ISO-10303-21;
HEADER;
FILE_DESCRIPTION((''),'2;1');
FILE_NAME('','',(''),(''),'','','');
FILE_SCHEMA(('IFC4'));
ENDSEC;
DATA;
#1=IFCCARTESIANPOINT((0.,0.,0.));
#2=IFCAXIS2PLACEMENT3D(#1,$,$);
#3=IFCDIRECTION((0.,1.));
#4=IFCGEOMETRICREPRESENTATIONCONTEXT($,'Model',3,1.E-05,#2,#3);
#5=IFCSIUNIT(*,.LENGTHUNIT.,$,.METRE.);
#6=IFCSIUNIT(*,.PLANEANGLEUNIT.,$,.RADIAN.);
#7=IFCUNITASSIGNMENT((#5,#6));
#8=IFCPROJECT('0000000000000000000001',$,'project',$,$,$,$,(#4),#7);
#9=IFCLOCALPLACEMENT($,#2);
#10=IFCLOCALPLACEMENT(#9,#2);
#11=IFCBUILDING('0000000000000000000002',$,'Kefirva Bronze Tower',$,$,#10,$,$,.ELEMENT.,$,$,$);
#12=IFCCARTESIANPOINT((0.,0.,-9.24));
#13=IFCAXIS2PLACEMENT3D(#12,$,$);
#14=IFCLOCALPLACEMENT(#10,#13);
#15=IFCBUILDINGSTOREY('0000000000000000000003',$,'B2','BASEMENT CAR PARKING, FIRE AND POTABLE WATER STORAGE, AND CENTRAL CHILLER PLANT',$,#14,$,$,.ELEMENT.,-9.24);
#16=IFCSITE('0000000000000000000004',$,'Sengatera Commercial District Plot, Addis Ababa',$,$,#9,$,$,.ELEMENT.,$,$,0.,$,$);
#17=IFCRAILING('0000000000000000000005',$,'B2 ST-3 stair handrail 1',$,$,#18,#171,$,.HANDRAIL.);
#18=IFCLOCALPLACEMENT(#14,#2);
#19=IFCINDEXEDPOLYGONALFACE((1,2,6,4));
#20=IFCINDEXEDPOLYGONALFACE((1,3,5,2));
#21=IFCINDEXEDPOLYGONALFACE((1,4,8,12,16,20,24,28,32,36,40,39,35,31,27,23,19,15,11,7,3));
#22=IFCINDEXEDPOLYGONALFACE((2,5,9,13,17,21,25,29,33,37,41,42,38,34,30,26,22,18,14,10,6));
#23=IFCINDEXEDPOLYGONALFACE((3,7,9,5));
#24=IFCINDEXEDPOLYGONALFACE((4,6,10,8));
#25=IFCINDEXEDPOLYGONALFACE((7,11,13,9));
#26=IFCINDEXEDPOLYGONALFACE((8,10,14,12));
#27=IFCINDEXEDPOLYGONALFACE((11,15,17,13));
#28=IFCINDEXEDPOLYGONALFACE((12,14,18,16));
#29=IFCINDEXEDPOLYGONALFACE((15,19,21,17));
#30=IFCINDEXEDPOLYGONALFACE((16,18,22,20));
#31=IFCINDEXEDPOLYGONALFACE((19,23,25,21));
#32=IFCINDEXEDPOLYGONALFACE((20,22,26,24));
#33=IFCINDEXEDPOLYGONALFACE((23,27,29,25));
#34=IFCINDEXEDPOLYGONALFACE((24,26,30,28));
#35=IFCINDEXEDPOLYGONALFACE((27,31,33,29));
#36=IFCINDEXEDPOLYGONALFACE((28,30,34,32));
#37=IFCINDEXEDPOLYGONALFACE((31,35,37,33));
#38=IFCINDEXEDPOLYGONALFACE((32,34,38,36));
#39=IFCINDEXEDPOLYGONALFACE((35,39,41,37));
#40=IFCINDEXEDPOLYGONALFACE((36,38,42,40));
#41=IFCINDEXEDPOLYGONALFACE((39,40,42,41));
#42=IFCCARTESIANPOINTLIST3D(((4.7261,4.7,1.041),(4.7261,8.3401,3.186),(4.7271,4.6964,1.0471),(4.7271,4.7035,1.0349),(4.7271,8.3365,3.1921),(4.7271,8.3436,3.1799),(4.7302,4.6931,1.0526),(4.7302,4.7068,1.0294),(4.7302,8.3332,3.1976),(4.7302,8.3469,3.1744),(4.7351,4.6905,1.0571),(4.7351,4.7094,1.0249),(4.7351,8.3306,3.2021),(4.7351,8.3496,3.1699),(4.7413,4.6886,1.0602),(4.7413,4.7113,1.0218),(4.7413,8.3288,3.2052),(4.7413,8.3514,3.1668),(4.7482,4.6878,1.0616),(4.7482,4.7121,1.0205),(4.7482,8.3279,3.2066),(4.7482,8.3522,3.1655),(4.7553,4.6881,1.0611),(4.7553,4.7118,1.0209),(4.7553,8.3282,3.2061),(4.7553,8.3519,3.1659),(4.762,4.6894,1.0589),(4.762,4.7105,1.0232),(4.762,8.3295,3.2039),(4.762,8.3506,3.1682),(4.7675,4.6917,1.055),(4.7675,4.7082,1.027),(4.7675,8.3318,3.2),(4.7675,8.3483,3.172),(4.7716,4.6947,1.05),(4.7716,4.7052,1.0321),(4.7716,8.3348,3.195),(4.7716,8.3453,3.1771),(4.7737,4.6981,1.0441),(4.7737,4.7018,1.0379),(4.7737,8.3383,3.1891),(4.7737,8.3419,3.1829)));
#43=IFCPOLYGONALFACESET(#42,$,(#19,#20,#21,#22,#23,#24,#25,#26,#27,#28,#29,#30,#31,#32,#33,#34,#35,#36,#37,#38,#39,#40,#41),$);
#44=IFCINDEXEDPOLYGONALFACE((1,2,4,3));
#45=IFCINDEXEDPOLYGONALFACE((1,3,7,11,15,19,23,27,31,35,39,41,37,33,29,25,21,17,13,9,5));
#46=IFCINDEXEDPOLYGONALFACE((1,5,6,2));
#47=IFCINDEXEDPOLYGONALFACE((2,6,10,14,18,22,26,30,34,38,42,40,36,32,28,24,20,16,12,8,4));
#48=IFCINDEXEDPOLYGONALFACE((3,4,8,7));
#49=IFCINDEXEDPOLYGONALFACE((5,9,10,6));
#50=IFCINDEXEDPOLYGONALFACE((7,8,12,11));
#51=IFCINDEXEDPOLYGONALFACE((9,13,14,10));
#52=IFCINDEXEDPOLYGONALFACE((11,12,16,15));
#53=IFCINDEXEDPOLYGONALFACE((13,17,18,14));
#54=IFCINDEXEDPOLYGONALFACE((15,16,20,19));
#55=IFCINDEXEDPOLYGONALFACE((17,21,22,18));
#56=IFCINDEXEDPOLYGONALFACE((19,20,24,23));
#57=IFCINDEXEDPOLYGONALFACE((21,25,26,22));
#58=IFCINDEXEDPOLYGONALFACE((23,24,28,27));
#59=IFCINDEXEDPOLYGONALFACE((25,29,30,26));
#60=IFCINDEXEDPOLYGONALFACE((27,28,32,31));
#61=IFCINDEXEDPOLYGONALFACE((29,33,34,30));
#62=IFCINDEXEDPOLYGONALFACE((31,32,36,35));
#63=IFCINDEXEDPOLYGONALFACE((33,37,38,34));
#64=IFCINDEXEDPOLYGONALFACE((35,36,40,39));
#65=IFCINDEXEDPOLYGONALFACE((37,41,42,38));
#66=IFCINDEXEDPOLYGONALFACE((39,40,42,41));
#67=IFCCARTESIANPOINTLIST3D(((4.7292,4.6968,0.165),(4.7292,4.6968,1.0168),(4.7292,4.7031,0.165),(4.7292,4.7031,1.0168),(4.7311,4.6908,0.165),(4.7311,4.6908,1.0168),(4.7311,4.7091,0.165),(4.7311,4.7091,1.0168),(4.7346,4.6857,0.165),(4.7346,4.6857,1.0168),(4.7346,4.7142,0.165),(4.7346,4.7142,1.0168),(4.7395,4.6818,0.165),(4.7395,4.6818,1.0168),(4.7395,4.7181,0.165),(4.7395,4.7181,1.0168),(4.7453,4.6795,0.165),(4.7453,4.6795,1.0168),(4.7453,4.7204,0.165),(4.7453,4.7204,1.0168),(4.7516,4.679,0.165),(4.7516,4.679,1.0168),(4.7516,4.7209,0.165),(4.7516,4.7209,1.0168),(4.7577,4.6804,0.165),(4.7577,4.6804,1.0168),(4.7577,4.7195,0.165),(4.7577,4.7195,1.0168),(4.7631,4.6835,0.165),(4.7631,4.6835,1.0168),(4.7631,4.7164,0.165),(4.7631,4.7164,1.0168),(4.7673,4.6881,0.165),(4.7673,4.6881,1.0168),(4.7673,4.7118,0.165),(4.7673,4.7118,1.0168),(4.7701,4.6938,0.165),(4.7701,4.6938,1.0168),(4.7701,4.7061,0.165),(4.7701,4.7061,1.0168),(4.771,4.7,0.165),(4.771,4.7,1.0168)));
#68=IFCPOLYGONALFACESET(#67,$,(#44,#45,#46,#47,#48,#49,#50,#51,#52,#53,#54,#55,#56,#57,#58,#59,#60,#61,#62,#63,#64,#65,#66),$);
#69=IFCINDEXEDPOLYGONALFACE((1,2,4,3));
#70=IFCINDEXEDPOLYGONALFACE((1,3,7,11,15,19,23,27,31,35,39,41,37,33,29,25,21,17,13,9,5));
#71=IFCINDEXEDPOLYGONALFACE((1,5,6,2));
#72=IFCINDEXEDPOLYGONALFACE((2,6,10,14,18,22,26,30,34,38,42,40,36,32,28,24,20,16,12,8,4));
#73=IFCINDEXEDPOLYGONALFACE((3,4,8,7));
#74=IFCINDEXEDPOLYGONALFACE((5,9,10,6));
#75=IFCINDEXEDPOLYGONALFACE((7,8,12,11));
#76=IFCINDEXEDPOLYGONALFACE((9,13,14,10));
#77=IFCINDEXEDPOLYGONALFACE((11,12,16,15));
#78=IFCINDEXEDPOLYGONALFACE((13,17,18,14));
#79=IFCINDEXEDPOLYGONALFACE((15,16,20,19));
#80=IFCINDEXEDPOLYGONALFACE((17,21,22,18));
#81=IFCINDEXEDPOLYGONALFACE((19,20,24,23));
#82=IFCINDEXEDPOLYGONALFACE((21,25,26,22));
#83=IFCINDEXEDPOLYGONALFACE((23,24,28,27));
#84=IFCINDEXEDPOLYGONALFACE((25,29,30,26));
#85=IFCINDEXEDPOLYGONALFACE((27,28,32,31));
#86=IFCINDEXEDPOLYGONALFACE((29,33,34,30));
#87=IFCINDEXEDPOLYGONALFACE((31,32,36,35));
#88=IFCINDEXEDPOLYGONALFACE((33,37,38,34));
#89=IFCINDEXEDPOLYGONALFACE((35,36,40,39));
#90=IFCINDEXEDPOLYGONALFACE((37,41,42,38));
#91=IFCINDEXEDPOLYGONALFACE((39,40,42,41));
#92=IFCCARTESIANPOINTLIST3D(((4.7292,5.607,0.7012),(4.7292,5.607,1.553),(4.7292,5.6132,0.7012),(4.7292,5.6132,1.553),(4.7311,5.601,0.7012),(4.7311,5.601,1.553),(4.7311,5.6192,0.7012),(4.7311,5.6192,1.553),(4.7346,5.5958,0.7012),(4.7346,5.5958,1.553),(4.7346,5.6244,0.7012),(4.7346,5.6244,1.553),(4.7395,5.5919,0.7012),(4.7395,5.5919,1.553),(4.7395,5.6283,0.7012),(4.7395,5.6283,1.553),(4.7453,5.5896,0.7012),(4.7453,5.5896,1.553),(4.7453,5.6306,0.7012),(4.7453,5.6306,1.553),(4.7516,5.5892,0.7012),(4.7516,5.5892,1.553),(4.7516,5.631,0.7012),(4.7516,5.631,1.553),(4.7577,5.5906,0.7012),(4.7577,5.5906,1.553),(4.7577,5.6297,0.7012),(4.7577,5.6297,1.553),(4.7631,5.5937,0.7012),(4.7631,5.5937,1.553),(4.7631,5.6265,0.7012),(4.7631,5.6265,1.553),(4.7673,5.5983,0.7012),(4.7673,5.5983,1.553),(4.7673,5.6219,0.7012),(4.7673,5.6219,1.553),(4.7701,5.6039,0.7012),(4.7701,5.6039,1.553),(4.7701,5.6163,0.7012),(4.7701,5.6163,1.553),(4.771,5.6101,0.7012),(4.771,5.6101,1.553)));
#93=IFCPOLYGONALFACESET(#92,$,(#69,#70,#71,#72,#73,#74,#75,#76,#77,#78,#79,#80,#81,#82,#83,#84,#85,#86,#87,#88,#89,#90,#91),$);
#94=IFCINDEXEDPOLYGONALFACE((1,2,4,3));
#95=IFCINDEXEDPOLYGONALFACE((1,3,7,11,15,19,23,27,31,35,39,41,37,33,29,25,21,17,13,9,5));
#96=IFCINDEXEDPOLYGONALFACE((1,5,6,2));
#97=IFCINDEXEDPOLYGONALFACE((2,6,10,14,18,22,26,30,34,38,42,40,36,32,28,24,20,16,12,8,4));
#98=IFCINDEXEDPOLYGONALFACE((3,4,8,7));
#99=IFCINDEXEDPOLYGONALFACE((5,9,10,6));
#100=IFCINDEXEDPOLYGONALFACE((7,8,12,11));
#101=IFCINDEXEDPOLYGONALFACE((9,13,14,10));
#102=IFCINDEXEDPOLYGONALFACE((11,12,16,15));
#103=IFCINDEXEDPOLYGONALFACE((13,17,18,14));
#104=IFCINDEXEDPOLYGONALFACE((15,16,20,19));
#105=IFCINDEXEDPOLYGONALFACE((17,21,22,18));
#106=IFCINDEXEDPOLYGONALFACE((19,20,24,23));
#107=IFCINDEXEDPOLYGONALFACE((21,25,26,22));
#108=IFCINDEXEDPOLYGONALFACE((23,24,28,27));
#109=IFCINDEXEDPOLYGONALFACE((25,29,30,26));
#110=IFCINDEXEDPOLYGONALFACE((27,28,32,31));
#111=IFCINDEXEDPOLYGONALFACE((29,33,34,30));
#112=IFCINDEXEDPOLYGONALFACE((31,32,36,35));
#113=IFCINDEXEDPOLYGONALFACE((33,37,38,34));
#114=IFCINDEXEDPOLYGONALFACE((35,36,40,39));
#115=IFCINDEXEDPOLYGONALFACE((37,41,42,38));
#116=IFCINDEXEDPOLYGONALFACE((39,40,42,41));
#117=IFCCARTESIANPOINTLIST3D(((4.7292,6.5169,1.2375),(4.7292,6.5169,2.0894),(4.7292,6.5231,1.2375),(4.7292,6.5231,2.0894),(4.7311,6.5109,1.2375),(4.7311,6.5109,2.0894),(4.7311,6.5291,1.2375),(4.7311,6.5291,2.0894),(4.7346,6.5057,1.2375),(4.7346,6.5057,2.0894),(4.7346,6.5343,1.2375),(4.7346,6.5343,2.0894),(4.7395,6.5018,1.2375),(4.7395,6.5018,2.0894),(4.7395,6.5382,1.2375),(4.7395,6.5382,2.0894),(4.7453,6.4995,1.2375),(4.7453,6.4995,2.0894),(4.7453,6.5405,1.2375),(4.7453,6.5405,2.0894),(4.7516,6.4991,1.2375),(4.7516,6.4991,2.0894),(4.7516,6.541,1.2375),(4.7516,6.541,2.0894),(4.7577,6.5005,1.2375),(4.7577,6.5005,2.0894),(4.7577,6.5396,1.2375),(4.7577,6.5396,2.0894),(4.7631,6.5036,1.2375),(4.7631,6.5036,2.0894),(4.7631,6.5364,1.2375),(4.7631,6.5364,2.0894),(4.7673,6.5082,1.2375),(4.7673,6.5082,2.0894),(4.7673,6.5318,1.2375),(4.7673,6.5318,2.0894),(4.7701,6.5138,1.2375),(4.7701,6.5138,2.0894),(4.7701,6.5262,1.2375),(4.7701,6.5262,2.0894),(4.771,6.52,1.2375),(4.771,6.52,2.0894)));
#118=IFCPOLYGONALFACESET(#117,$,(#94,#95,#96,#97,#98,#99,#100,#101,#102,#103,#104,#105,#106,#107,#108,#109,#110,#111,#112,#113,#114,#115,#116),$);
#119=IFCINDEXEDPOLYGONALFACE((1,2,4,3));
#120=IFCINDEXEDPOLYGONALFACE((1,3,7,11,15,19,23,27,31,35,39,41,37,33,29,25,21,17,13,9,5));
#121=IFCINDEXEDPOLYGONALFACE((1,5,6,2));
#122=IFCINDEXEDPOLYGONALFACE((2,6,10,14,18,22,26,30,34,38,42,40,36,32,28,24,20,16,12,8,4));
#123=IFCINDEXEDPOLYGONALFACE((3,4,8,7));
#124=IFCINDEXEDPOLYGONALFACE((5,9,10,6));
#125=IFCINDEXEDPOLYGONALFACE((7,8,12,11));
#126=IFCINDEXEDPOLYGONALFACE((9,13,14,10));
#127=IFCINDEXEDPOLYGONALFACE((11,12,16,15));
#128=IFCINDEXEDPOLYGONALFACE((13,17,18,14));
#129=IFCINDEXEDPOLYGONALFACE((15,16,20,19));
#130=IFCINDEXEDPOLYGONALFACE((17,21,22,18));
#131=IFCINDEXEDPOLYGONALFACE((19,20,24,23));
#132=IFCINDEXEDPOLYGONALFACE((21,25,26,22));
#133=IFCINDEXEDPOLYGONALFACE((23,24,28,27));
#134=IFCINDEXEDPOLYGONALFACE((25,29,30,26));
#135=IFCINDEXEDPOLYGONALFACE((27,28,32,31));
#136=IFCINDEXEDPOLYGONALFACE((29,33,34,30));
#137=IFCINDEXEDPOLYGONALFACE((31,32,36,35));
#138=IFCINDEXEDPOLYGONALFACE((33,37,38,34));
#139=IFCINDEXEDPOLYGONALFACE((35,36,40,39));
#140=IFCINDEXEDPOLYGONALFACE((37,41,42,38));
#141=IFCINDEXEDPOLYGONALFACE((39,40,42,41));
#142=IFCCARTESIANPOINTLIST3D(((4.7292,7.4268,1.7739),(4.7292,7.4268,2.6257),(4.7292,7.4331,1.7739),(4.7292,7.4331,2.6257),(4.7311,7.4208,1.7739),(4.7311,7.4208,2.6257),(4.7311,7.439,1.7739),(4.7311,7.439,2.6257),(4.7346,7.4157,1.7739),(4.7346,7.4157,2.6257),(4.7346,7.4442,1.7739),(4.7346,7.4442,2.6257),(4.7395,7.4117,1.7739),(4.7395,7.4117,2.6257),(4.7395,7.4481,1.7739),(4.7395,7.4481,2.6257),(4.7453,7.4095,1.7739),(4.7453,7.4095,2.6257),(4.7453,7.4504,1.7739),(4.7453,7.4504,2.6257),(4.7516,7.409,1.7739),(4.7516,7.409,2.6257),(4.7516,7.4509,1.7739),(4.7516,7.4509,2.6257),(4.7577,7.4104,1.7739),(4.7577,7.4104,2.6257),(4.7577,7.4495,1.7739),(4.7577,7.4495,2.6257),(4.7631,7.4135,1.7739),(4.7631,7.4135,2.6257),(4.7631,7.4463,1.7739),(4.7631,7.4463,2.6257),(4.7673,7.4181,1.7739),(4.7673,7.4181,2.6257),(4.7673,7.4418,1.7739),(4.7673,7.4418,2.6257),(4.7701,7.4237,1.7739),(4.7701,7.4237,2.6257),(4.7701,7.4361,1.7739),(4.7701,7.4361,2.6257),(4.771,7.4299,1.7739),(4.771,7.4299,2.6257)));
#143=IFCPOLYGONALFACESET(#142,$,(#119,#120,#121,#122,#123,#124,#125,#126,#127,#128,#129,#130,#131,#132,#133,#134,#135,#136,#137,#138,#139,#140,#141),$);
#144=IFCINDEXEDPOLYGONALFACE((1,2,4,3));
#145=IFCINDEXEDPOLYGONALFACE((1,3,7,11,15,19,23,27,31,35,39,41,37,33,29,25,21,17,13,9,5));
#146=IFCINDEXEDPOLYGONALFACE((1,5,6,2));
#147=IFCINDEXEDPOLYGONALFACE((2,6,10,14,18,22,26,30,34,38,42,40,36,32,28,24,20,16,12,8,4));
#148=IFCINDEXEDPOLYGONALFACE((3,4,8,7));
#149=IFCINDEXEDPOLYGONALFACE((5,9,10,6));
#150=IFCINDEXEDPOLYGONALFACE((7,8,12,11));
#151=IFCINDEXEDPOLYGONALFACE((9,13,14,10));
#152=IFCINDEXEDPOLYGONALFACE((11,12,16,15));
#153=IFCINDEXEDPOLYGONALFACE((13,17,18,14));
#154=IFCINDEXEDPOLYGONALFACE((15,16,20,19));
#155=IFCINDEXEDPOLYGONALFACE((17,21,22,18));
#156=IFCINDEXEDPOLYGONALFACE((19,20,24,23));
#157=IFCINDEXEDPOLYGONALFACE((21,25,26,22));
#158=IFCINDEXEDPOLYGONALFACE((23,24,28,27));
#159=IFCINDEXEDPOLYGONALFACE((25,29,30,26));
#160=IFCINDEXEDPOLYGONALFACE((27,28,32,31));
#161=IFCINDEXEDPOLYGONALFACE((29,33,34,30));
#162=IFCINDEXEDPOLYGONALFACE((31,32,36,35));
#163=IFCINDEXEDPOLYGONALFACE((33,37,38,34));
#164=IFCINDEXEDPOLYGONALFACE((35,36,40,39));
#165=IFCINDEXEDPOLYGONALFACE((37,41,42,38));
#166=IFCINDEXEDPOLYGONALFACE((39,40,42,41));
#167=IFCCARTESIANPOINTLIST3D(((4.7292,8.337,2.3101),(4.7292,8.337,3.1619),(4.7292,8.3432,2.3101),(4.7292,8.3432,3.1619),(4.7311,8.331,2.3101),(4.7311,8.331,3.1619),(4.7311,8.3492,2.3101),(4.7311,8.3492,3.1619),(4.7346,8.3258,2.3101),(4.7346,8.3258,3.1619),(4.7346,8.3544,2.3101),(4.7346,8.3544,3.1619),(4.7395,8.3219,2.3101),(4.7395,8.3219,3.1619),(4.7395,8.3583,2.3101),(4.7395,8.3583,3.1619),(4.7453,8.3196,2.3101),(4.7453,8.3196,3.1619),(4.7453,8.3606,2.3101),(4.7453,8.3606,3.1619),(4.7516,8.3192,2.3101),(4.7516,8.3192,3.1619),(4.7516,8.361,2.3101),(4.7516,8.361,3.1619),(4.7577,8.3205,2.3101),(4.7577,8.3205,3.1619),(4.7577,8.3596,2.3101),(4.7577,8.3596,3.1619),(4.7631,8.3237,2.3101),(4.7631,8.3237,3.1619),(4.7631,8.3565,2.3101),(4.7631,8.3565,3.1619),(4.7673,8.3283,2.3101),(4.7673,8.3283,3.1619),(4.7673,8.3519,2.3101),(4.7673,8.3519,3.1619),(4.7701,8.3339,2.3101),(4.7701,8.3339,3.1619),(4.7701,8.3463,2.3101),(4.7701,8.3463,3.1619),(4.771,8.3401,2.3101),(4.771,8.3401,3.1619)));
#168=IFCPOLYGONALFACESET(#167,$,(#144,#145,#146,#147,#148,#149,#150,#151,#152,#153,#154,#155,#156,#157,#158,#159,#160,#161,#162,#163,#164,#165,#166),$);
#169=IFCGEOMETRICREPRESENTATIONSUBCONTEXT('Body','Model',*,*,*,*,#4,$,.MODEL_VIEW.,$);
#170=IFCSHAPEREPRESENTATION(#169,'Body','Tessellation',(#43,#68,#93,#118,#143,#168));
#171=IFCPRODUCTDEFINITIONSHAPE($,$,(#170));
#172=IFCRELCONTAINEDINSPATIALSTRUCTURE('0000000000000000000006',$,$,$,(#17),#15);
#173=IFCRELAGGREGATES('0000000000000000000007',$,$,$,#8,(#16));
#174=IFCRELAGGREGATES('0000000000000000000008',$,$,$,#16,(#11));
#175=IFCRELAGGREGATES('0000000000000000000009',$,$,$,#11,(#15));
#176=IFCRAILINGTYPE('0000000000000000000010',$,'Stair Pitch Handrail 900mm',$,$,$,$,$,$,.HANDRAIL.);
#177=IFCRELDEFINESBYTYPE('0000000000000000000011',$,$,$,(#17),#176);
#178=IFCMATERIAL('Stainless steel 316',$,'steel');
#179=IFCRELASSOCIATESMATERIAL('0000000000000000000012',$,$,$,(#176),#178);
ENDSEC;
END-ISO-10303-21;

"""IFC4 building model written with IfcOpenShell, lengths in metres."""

from ifc_helpers import new_model, si_unit, direction, frame, origin, origin_2d, place, context, subcontext, project, spatial, circle, extrude, material, type_object, element, save


model = new_model("IFC4")

# Units and contexts
model_context = context("Model", 3, precision=1e-05, world=origin(), true_north=direction((0.0, 1.0)))
body_context = subcontext(model_context, "Body", "Model", "MODEL_VIEW")
ifc_project = project(units=[si_unit("LENGTHUNIT", "METRE"), si_unit("PLANEANGLEUNIT", "RADIAN")], contexts=[model_context])

# Site, building, storey
site_placement = place(None, origin())
site = spatial("IfcSite", under=ifc_project, at=site_placement, Name="Sengatera Commercial District Plot, Addis Ababa", CompositionType="ELEMENT", RefElevation=0.0)
building_placement = place(site_placement, origin())
building = spatial("IfcBuilding", under=site, at=building_placement, Name="Kefirva Bronze Tower", CompositionType="ELEMENT")
storey_placement = place(building_placement, frame((0.0, 0.0, -9.24)))
storey = spatial("IfcBuildingStorey", under=building, at=storey_placement, Name="B2", Description="BASEMENT CAR PARKING, FIRE AND POTABLE WATER STORAGE, AND CENTRAL CHILLER PLANT", CompositionType="ELEMENT", Elevation=-9.24)

# Railing
ifc_material_1 = material(Name="Stainless steel 316", Category="steel")
railing_type_1 = type_object("IfcRailingType", Name="Stair Pitch Handrail 900mm", PredefinedType="HANDRAIL", material=ifc_material_1)
railing_1_placement = place(storey_placement, frame((4.75, 4.7, 0.165)))
element("IfcRailing", 1, at=railing_1_placement, inside=storey, type_object=railing_type_1, Name="B2 ST-3 stair handrail 1", PredefinedType="HANDRAIL", context=body_context, shape_type="SweptSolid", body=[
    extrude(circle(Radius=0.0239, at=origin_2d()), frame((0.0, 0.0, 0.876), z_axis=(0.0, 0.861545, 0.507682), x_axis=(-1.0, 0.0, 0.0)), (0.0, 0.0, 1.0), 4.2251),
    extrude(circle(Radius=0.021, at=origin_2d()), origin(), (0.0, 0.0, 1.0), 0.8518),
    extrude(circle(Radius=0.021, at=origin_2d()), frame((0.0, 0.9102, 0.5361)), (0.0, 0.0, 1.0), 0.8518),
    extrude(circle(Radius=0.021, at=origin_2d()), frame((0.0, 1.8201, 1.0725)), (0.0, 0.0, 1.0), 0.8518),
    extrude(circle(Radius=0.021, at=origin_2d()), frame((0.0, 2.73, 1.6089)), (0.0, 0.0, 1.0), 0.8518),
    extrude(circle(Radius=0.021, at=origin_2d()), frame((0.0, 3.6401, 2.145)), (0.0, 0.0, 1.0), 0.8518),
])

save(model, "model.ifc")
